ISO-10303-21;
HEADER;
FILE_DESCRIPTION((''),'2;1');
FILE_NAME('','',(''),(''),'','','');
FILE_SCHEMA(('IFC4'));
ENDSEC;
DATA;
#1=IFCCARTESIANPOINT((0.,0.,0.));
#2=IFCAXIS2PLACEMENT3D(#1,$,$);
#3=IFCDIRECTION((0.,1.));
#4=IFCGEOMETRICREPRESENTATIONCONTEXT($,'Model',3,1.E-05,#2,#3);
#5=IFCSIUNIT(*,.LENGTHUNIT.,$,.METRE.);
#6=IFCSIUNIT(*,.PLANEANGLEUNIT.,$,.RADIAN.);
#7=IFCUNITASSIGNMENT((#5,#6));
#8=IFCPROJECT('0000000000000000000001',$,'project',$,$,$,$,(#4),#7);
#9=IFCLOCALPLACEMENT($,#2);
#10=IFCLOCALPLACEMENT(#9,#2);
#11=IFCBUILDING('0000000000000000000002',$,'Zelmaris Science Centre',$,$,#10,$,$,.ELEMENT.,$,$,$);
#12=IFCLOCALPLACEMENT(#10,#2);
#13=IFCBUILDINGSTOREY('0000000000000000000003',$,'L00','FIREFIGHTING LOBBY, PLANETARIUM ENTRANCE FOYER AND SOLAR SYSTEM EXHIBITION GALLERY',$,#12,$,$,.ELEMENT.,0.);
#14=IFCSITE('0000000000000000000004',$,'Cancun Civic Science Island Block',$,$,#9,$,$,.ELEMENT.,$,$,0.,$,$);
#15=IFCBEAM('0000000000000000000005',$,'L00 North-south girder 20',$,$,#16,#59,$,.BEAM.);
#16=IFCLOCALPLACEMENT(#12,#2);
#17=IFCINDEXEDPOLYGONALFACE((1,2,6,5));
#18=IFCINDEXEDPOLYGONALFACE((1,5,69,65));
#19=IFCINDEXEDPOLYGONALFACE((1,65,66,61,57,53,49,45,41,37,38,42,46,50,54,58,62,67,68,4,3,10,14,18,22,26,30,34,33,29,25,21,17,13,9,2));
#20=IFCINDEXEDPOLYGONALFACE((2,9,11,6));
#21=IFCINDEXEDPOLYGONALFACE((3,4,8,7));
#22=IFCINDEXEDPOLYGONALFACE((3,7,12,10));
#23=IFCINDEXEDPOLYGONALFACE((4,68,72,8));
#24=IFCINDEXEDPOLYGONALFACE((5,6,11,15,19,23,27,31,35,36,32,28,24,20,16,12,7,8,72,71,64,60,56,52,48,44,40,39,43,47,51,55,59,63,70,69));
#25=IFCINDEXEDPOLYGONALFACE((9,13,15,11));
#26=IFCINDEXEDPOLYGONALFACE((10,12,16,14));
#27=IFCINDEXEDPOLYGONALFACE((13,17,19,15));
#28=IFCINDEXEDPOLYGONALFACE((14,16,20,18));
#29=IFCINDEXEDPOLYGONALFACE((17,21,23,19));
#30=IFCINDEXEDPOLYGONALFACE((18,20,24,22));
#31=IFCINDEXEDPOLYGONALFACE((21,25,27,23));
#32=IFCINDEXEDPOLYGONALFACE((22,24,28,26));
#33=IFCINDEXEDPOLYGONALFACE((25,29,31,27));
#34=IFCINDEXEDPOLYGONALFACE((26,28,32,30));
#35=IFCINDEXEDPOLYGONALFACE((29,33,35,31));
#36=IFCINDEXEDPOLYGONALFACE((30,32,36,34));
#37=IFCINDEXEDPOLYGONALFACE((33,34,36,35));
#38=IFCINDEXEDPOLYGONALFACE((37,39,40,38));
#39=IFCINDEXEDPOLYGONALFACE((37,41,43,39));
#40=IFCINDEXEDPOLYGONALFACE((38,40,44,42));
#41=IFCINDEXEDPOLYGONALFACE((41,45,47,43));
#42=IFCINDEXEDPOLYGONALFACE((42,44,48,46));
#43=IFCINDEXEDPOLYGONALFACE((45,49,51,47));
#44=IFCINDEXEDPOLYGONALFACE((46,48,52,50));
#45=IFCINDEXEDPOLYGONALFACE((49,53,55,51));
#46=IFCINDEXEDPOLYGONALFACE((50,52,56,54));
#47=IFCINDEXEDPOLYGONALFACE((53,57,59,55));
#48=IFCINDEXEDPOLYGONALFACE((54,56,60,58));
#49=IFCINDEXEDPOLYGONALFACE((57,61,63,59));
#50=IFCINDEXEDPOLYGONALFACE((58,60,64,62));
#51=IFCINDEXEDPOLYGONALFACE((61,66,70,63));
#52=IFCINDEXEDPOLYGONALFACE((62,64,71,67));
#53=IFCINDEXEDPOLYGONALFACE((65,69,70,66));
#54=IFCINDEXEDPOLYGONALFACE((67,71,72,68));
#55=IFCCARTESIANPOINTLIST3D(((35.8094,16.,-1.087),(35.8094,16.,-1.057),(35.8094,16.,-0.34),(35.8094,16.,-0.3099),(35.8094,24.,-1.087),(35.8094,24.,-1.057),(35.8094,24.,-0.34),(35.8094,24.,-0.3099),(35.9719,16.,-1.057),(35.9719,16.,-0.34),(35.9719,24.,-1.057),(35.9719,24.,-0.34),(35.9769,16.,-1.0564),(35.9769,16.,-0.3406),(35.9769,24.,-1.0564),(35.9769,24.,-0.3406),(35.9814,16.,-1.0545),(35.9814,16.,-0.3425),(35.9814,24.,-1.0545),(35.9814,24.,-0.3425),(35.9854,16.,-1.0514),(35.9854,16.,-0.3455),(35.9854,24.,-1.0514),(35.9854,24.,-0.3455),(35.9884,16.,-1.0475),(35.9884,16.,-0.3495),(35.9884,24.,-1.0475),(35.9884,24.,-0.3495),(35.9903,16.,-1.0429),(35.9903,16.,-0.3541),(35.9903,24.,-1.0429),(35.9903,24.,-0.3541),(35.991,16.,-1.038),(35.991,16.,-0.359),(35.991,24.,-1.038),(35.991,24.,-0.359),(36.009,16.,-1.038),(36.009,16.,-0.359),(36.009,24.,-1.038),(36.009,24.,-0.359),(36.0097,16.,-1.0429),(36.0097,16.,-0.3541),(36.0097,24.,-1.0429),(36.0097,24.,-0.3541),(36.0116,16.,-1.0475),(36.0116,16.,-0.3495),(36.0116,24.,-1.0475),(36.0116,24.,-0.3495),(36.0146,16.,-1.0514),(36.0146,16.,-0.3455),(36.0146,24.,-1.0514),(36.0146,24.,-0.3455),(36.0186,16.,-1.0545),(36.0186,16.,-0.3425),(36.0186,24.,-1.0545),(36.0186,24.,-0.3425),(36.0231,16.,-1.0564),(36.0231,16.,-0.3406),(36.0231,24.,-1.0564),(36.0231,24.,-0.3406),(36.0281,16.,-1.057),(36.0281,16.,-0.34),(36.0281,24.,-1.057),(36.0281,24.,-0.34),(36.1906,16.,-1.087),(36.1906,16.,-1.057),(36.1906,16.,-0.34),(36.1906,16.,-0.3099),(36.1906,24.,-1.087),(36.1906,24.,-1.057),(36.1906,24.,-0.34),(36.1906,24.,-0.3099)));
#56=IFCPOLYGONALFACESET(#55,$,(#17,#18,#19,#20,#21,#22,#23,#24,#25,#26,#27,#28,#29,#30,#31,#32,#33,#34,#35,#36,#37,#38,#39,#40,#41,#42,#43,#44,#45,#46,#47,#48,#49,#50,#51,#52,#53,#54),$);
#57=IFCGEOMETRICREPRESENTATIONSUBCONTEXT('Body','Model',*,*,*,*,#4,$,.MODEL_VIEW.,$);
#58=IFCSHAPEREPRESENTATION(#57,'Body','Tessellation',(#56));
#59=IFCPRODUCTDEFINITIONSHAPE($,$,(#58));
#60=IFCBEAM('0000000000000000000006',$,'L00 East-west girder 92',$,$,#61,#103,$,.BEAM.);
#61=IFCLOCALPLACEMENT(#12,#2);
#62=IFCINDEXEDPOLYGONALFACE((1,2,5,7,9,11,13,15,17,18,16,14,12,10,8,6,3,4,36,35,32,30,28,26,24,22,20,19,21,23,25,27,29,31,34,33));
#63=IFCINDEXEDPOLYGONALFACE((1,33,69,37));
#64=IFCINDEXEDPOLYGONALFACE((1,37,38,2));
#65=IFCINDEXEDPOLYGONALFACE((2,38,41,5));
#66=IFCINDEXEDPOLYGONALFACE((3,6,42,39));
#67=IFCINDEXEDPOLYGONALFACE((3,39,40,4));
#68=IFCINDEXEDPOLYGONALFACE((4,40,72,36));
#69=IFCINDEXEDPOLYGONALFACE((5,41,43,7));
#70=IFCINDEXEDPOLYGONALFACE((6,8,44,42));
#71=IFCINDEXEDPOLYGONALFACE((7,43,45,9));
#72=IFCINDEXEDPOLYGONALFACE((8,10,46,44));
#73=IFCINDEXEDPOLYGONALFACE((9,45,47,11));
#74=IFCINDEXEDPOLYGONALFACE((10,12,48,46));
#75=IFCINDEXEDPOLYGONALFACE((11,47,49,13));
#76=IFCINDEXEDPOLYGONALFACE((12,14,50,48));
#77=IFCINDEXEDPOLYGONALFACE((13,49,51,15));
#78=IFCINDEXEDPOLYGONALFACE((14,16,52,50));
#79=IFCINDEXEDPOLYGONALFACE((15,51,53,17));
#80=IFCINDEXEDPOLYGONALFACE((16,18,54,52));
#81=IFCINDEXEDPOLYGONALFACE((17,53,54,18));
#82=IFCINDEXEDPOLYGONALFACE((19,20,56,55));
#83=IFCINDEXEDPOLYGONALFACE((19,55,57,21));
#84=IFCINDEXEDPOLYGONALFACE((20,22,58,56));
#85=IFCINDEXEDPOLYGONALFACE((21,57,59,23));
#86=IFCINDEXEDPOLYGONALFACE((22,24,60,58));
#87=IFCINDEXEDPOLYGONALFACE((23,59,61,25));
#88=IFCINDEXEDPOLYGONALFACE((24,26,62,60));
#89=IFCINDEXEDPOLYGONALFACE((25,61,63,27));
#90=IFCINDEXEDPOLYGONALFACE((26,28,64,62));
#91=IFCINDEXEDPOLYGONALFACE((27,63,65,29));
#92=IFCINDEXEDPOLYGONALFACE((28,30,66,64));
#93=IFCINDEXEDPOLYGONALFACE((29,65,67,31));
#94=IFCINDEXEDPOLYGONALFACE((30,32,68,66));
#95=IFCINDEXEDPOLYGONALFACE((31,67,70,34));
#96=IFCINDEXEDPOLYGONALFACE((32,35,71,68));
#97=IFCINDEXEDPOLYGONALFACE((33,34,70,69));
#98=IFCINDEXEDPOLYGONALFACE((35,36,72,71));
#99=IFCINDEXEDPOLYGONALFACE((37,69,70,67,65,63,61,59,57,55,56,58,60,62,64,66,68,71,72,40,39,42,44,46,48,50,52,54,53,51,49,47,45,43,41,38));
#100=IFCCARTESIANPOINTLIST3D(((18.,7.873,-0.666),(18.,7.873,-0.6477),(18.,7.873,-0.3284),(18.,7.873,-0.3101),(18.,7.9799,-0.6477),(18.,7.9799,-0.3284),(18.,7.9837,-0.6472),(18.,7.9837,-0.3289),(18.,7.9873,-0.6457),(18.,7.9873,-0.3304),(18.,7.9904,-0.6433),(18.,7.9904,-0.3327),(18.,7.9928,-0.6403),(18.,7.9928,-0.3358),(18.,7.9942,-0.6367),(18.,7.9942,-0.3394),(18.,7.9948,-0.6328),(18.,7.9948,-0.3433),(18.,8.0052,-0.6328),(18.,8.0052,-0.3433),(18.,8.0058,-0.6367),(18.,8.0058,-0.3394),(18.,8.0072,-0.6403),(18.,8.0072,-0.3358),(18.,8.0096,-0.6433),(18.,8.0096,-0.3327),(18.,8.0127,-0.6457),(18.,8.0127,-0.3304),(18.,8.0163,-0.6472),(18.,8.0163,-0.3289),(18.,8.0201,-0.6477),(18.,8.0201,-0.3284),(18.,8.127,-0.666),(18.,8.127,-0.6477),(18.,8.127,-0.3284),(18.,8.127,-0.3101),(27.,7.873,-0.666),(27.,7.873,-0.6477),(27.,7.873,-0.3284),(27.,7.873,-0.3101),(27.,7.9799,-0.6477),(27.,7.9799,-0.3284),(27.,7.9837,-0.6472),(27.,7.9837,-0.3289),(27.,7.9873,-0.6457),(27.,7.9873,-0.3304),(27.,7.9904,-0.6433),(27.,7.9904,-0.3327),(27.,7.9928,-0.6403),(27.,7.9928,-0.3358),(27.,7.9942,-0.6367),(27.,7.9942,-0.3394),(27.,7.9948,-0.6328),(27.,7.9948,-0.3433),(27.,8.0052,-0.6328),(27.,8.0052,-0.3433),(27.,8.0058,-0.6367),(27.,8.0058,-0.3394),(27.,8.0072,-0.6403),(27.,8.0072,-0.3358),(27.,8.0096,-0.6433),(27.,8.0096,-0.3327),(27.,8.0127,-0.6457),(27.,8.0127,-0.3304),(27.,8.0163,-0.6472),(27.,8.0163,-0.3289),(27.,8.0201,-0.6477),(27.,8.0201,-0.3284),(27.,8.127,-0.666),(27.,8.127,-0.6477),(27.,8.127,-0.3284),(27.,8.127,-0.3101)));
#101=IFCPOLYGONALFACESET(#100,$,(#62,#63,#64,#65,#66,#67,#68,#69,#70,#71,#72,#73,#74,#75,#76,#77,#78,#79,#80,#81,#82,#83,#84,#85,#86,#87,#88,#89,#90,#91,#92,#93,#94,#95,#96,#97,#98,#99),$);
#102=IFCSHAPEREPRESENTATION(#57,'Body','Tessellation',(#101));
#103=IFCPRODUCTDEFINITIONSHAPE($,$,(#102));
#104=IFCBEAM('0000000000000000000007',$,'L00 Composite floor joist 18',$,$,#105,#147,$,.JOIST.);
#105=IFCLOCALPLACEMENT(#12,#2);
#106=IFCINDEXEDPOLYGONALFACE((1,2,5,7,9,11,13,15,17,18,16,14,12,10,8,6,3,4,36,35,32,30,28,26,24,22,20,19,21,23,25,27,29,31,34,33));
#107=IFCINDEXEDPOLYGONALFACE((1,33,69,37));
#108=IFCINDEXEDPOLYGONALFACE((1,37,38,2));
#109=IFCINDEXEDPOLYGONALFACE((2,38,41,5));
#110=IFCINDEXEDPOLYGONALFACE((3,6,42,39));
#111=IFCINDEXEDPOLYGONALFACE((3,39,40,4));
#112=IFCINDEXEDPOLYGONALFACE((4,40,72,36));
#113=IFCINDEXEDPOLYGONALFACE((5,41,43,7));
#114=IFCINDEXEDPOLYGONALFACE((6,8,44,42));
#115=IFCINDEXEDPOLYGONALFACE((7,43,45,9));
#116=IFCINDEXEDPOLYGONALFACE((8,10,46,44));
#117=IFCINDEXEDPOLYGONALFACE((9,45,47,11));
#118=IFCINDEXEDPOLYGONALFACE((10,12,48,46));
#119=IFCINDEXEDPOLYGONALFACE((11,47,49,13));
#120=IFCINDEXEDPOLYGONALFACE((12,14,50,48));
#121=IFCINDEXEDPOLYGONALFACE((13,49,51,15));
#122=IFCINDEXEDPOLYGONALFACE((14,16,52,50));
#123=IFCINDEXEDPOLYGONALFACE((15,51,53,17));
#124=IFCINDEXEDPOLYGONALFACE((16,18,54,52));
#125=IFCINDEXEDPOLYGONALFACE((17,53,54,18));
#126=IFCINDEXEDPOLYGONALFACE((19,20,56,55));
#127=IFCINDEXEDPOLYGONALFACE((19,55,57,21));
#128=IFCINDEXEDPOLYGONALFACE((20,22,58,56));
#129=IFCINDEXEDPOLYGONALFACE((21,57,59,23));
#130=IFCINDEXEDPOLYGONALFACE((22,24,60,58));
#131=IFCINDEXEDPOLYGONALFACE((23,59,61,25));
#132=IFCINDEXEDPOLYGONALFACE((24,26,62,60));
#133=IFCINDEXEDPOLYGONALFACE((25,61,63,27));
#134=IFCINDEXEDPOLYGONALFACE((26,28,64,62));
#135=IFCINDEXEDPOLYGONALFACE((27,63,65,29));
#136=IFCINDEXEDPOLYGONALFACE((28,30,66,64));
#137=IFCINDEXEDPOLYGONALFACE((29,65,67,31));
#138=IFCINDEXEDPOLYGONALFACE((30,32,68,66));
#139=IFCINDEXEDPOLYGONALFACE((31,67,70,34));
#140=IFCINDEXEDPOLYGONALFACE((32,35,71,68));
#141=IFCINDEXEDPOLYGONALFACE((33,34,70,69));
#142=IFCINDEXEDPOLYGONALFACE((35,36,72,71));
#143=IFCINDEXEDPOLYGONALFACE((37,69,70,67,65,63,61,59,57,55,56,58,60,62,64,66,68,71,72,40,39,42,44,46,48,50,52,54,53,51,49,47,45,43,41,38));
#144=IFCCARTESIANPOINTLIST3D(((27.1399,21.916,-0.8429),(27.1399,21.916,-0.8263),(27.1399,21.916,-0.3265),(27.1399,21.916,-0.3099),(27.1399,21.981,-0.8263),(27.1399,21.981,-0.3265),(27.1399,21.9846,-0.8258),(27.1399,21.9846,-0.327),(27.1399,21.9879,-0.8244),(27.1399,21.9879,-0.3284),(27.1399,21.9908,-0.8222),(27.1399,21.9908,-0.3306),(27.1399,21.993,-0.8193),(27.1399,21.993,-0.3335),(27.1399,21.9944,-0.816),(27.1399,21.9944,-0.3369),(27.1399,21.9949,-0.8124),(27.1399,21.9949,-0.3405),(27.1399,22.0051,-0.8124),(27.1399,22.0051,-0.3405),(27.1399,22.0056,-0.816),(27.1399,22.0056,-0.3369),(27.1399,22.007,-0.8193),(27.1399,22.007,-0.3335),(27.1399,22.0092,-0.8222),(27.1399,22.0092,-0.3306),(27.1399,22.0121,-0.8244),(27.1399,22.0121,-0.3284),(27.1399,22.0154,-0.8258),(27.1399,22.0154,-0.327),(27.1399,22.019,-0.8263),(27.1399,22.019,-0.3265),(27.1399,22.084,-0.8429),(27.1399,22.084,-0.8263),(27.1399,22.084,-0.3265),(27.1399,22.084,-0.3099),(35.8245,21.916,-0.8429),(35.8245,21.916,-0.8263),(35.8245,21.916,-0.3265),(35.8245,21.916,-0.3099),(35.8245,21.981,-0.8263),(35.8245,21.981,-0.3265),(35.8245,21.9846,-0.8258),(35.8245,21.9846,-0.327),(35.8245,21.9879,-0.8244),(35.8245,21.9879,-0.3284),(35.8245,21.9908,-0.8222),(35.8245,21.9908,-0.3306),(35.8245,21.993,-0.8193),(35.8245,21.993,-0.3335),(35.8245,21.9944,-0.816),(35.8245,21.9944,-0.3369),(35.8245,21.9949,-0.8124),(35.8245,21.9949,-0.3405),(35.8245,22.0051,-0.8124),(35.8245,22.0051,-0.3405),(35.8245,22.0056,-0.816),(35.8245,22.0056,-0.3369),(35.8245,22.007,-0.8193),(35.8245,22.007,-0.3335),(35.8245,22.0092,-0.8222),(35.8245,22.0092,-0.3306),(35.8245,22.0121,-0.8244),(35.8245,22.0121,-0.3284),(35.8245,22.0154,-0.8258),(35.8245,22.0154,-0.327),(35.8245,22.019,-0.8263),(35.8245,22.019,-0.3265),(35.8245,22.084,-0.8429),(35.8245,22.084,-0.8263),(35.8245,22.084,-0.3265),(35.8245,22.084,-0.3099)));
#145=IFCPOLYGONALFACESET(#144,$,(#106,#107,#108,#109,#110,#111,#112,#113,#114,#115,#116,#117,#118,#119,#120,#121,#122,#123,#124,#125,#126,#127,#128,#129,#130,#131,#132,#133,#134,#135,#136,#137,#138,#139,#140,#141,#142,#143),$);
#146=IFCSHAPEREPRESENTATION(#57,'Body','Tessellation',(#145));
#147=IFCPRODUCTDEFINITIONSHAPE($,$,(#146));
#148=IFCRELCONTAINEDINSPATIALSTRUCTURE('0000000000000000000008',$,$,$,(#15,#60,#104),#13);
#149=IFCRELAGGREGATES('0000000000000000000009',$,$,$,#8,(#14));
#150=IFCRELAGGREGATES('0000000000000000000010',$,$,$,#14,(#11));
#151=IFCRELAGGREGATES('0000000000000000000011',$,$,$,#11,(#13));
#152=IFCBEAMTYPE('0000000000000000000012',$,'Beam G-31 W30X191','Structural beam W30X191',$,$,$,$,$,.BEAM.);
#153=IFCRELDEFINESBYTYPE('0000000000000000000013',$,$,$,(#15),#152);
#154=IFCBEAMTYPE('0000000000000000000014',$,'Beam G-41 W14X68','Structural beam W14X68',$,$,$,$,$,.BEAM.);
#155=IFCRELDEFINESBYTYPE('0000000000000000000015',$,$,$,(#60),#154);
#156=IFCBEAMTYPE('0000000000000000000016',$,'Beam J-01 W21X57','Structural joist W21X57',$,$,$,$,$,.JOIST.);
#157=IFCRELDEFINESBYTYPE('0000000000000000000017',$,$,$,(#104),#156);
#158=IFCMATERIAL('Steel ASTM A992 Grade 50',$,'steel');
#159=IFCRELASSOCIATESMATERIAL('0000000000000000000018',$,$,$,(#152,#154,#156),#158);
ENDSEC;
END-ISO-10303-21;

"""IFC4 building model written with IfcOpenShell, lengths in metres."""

from ifc_helpers import new_model, si_unit, direction, frame, origin, origin_2d, place, context, subcontext, project, spatial, i_section, extrude, material, material_profile, profile_set, type_object, element, save


model = new_model("IFC4")

# Units and contexts
model_context = context("Model", 3, precision=1e-05, world=origin(), true_north=direction((0.0, 1.0)))
body_context = subcontext(model_context, "Body", "Model", "MODEL_VIEW")
ifc_project = project(units=[si_unit("LENGTHUNIT", "METRE"), si_unit("PLANEANGLEUNIT", "RADIAN")], contexts=[model_context])

# Site, building, storey
site_placement = place(None, origin())
site = spatial("IfcSite", under=ifc_project, at=site_placement, Name="Cancun Civic Science Island Block", CompositionType="ELEMENT", RefElevation=0.0)
building_placement = place(site_placement, origin())
building = spatial("IfcBuilding", under=site, at=building_placement, Name="Zelmaris Science Centre", CompositionType="ELEMENT")
storey_placement = place(building_placement, origin())
storey = spatial("IfcBuildingStorey", under=building, at=storey_placement, Name="L00", Description="FIREFIGHTING LOBBY, PLANETARIUM ENTRANCE FOYER AND SOLAR SYSTEM EXHIBITION GALLERY", CompositionType="ELEMENT", Elevation=0.0)

# Shared definitions
ifc_material_1 = material(Name="Steel ASTM A992 Grade 50", Category="steel")

# Beams
ifc_material_profile_1 = material_profile(ifc_material_1, i_section(OverallWidth=0.3811, OverallDepth=0.7771, WebThickness=0.0181, FlangeThickness=0.03, FilletRadius=0.019, at=origin_2d()), Name="W30X191")
ifc_profile_set_1 = profile_set([ifc_material_profile_1], Name="Steel ASTM A992 Grade 50")
beam_type_1 = type_object("IfcBeamType", Name="Beam G-31 W30X191", Description="Structural beam W30X191", PredefinedType="BEAM", material=ifc_profile_set_1)
beam_1_placement = place(storey_placement, frame((36.0, 16.0, -0.6985), z_axis=(0.0, 1.0, 0.0), x_axis=(-1.0, 0.0, 0.0)))
element("IfcBeam", 1, at=beam_1_placement, inside=storey, type_object=beam_type_1, Name="L00 North-south girder 20", PredefinedType="BEAM", context=body_context, shape_type="SweptSolid", body=[
    extrude(i_section(OverallWidth=0.3811, OverallDepth=0.7771, WebThickness=0.0181, FlangeThickness=0.03, FilletRadius=0.019, at=origin_2d()), origin(), (0.0, 0.0, 1.0), 8.0),
])
ifc_material_profile_2 = material_profile(ifc_material_1, i_section(OverallWidth=0.2539, OverallDepth=0.356, WebThickness=0.0105, FlangeThickness=0.0183, FilletRadius=0.0149, at=origin_2d()), Name="W14X68")
ifc_profile_set_2 = profile_set([ifc_material_profile_2], Name="Steel ASTM A992 Grade 50")
beam_type_2 = type_object("IfcBeamType", Name="Beam G-41 W14X68", Description="Structural beam W14X68", PredefinedType="BEAM", material=ifc_profile_set_2)
beam_2_placement = place(storey_placement, frame((18.0, 8.0, -0.488), z_axis=(1.0, 0.0, 0.0), x_axis=(0.0, 1.0, 0.0)))
element("IfcBeam", 2, at=beam_2_placement, inside=storey, type_object=beam_type_2, Name="L00 East-west girder 92", PredefinedType="BEAM", context=body_context, shape_type="SweptSolid", body=[
    extrude(i_section(OverallWidth=0.2539, OverallDepth=0.356, WebThickness=0.0105, FlangeThickness=0.0183, FilletRadius=0.0149, at=origin_2d()), origin(), (0.0, 0.0, 1.0), 9.0),
])
ifc_material_profile_3 = material_profile(ifc_material_1, i_section(OverallWidth=0.168, OverallDepth=0.533, WebThickness=0.0103, FlangeThickness=0.0166, FilletRadius=0.0139, at=origin_2d()), Name="W21X57")
ifc_profile_set_3 = profile_set([ifc_material_profile_3], Name="Steel ASTM A992 Grade 50")
beam_type_3 = type_object("IfcBeamType", Name="Beam J-01 W21X57", Description="Structural joist W21X57", PredefinedType="JOIST", material=ifc_profile_set_3)
beam_3_placement = place(storey_placement, frame((27.1399, 22.0, -0.5764), z_axis=(1.0, 0.0, 0.0), x_axis=(0.0, 1.0, 0.0)))
element("IfcBeam", 3, at=beam_3_placement, inside=storey, type_object=beam_type_3, Name="L00 Composite floor joist 18", PredefinedType="JOIST", context=body_context, shape_type="SweptSolid", body=[
    extrude(i_section(OverallWidth=0.168, OverallDepth=0.533, WebThickness=0.0103, FlangeThickness=0.0166, FilletRadius=0.0139, at=origin_2d()), origin(), (0.0, 0.0, 1.0), 8.6846),
])

save(model, "model.ifc")
